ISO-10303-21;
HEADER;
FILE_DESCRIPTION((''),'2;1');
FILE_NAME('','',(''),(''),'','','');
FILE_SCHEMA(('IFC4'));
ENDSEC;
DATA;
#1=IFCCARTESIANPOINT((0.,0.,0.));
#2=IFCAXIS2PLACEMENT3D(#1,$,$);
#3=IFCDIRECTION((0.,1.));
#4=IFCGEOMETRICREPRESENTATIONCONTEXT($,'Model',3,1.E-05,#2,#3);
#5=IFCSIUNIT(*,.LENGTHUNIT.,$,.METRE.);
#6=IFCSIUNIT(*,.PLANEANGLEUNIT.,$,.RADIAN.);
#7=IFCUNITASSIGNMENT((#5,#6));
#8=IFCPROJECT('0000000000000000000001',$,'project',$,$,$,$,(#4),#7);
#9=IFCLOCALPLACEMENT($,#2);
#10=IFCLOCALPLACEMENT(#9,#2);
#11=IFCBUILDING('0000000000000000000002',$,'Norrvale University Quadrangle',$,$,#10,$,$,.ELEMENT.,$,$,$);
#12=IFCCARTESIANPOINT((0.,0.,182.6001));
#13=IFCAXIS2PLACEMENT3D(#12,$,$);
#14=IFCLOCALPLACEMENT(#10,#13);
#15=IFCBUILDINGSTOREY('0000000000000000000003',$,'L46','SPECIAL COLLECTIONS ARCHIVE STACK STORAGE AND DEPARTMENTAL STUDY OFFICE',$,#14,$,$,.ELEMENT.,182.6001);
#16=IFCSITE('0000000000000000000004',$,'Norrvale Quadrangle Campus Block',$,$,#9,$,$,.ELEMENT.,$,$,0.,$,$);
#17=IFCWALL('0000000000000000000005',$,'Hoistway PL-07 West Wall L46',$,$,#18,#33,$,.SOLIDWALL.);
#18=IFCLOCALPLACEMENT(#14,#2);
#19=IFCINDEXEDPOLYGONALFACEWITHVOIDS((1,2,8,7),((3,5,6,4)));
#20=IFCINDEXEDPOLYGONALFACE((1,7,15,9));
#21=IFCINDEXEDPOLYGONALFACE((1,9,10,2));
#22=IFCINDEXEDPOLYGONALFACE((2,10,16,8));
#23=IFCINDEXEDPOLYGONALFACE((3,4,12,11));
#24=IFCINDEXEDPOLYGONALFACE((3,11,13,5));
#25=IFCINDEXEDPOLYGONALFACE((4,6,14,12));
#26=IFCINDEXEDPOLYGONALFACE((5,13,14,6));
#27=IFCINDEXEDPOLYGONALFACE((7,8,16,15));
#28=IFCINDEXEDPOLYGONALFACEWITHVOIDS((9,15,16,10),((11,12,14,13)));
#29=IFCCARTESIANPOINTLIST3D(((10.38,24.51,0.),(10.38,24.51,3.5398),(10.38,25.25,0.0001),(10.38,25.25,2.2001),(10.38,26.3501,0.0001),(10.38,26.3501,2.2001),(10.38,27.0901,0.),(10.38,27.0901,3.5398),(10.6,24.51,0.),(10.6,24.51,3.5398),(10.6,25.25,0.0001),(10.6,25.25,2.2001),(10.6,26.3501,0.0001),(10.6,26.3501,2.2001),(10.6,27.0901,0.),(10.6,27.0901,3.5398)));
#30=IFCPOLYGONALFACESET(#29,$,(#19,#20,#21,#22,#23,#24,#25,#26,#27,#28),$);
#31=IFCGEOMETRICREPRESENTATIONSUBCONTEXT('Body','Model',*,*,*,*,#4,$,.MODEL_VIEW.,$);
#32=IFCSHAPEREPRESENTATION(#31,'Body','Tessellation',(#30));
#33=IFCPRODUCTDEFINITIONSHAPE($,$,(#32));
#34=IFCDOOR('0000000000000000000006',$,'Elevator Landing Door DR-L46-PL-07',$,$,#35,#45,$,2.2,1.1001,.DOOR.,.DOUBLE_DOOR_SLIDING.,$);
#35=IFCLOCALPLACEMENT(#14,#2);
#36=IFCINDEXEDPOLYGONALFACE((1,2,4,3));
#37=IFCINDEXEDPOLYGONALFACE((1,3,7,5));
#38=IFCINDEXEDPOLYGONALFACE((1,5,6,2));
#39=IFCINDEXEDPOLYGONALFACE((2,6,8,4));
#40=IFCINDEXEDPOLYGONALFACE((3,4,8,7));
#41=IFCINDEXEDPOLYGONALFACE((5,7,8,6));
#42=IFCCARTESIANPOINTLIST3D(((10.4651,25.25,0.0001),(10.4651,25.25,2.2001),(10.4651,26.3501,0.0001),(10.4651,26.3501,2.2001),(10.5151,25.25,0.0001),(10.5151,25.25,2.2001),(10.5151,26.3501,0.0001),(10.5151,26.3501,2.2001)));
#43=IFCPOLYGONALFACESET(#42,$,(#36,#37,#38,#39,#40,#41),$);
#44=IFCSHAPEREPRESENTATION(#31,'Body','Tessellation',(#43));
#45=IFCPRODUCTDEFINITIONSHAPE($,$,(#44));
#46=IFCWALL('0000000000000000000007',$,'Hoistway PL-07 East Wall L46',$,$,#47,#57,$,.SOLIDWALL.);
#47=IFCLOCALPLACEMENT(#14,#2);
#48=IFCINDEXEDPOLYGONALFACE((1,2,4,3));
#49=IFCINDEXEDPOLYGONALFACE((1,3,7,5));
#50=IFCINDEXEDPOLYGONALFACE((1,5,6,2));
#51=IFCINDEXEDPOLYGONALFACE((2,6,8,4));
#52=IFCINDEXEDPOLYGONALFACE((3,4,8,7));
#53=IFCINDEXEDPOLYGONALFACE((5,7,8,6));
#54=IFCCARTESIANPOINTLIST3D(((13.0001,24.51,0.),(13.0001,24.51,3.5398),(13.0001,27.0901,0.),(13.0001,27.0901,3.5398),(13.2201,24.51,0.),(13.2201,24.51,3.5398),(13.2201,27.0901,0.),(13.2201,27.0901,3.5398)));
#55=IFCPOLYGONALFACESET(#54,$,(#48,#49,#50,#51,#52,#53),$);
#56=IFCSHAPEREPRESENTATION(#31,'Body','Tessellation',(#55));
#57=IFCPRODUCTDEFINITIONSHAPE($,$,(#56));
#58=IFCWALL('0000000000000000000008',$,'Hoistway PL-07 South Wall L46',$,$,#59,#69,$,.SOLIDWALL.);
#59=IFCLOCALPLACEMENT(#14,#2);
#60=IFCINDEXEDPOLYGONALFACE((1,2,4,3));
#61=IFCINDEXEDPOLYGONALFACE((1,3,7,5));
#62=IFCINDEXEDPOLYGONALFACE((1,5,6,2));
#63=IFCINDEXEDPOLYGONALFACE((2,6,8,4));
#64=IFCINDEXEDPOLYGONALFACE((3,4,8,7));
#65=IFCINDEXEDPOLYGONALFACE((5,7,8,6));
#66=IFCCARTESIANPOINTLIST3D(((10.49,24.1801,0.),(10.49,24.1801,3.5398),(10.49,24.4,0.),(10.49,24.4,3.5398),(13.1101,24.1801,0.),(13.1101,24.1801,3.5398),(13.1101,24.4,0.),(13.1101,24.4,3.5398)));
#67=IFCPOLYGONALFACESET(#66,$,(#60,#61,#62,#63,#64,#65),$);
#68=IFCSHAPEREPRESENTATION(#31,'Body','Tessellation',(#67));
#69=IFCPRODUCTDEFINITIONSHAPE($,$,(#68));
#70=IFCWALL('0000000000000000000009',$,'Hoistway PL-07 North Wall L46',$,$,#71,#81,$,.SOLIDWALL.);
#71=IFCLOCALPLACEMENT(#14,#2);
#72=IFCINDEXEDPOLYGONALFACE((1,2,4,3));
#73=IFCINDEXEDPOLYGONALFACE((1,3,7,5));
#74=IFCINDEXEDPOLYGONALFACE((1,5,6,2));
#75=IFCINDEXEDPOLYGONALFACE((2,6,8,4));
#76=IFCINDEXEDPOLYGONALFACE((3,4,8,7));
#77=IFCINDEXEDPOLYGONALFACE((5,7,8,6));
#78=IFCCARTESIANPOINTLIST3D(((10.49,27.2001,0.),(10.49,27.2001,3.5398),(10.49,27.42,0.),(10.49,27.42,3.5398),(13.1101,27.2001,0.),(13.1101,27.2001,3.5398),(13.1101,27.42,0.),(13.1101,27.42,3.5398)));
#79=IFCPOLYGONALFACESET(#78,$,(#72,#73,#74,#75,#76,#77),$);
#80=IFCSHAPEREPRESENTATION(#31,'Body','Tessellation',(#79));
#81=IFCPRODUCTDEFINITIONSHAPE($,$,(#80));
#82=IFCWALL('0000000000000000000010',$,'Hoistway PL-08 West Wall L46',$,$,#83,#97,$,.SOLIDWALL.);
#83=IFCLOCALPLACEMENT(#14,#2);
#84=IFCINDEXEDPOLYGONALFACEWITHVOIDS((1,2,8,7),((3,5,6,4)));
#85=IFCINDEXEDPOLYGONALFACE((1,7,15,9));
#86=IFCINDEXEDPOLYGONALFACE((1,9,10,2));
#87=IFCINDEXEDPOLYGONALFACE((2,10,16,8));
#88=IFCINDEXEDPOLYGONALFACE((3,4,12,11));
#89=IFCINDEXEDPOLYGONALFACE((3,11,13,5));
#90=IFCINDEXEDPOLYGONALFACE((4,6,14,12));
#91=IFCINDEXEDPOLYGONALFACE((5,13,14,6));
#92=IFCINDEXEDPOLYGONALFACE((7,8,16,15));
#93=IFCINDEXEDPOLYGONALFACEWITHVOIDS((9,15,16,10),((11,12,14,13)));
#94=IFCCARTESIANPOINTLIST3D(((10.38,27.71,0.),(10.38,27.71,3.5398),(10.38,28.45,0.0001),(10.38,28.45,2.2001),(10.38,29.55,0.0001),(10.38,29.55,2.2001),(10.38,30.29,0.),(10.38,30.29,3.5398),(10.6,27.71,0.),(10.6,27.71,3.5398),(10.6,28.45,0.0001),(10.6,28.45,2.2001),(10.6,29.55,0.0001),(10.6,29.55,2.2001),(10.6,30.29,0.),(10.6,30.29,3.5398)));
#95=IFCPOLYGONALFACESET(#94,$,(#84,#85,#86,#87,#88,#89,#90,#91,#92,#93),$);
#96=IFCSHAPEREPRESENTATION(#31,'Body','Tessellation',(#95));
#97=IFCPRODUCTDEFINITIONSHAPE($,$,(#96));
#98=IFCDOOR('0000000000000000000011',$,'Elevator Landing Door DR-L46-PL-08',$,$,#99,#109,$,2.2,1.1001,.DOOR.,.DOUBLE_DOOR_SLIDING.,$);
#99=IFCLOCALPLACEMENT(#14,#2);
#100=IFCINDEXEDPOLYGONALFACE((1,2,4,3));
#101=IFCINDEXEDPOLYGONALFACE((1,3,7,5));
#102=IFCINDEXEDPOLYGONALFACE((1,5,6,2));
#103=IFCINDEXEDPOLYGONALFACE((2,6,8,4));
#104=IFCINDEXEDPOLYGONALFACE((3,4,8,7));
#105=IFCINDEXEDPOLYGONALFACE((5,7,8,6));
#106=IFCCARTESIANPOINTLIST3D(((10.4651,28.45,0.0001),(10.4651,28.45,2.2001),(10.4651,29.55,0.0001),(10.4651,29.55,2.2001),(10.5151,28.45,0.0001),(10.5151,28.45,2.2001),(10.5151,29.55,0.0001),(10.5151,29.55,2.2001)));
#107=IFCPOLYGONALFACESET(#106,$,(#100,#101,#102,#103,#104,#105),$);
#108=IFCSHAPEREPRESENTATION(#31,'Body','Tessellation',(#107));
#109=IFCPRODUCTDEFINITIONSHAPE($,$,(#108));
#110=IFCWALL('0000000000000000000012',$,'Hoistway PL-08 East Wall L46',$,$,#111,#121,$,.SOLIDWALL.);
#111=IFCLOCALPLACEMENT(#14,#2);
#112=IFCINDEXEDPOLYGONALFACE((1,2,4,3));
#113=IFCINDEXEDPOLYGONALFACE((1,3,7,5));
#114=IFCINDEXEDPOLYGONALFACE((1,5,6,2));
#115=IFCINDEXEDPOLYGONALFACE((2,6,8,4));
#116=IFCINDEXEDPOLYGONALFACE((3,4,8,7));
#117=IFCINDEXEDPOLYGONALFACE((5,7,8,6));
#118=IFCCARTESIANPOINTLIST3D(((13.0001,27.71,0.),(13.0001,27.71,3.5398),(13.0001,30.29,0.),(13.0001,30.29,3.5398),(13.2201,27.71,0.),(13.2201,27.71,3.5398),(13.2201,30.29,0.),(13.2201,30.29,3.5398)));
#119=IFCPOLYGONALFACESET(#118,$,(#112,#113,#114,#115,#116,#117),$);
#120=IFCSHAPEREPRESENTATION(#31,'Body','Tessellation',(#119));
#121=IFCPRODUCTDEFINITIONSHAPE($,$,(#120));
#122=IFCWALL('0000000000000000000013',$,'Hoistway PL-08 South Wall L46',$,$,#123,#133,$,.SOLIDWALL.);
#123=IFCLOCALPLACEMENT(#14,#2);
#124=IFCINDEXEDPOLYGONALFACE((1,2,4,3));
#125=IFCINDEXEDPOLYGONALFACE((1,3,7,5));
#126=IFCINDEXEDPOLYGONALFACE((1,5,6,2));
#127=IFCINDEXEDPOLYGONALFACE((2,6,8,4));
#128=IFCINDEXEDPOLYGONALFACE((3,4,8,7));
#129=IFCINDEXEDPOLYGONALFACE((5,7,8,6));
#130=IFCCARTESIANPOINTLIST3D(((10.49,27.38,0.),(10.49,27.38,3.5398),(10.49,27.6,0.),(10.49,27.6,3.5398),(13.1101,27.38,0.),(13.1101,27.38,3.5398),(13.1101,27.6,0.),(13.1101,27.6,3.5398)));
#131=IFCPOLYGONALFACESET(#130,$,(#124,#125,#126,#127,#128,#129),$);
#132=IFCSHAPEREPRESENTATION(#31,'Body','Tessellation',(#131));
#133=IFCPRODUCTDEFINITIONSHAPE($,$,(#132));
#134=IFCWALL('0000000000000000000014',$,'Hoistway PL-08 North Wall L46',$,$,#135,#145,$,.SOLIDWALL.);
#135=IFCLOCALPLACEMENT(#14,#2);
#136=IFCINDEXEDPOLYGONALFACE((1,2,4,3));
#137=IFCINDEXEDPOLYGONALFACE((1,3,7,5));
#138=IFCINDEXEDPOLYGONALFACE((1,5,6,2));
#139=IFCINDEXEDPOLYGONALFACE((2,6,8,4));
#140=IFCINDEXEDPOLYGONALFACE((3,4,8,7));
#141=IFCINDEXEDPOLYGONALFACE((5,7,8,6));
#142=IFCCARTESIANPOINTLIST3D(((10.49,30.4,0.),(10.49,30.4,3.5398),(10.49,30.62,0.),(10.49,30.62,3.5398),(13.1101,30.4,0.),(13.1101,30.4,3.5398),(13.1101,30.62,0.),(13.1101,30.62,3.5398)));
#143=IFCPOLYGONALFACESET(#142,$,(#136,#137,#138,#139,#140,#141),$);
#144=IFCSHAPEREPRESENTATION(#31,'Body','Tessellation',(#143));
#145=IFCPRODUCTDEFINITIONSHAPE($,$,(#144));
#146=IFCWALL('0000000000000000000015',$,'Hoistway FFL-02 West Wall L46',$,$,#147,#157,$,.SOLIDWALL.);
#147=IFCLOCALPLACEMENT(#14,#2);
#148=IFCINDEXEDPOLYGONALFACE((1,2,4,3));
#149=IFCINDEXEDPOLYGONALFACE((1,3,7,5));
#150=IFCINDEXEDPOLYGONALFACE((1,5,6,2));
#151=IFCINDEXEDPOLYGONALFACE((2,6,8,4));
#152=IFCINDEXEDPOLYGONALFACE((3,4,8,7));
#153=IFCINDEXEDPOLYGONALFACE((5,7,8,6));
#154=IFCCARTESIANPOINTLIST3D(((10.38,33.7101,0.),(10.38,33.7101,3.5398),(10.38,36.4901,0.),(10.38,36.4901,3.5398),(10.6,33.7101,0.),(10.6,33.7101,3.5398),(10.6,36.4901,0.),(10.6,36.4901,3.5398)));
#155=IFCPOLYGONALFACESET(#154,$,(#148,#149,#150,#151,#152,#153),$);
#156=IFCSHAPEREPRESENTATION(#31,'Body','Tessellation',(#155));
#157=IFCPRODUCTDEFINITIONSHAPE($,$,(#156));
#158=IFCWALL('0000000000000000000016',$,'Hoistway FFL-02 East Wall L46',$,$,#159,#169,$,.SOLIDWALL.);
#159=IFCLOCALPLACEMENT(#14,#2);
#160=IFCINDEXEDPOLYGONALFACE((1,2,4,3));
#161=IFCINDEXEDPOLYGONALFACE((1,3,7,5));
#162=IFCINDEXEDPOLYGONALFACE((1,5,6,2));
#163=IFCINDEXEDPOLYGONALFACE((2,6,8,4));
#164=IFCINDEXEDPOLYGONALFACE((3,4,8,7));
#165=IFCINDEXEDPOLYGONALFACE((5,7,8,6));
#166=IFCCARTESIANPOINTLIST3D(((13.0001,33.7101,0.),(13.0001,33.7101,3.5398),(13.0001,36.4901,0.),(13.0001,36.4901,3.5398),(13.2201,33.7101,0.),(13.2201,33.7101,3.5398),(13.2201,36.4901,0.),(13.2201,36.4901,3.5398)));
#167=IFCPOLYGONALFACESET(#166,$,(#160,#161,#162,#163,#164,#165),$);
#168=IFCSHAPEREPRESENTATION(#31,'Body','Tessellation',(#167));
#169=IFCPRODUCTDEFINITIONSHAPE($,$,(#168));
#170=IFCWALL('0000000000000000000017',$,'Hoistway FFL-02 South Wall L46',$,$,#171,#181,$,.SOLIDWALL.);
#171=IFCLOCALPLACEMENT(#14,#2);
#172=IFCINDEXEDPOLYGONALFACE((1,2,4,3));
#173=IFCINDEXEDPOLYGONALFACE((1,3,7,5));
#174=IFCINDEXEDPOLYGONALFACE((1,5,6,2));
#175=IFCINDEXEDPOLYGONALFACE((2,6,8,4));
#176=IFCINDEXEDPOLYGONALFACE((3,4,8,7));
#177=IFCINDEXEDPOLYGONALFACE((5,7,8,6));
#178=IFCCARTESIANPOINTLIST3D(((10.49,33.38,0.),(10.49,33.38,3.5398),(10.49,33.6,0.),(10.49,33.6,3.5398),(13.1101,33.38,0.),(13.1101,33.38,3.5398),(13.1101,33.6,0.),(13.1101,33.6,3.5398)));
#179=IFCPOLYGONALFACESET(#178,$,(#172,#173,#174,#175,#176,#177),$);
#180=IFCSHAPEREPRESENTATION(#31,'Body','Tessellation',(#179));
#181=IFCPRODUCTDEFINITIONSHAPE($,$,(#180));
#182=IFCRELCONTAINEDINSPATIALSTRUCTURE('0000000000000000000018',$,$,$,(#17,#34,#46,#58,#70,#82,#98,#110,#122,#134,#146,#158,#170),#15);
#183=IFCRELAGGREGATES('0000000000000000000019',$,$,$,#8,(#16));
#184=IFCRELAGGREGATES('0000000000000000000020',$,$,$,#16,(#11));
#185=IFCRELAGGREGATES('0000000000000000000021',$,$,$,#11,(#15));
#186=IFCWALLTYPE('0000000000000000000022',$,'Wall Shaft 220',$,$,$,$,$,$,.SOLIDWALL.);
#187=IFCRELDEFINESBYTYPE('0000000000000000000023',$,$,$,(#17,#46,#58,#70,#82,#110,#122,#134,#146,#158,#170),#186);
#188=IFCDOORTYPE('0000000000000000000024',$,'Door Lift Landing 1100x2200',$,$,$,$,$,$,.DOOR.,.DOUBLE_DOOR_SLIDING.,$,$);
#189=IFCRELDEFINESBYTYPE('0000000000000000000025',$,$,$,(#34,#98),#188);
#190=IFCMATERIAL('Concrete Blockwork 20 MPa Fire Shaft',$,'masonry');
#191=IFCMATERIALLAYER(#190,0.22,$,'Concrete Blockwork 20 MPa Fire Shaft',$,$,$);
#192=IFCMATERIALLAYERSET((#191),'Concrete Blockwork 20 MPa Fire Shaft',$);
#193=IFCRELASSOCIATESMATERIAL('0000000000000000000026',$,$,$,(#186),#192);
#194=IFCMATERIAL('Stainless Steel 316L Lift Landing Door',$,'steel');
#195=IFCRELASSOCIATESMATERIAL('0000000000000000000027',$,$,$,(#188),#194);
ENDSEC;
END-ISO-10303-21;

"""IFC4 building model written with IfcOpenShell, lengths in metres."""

from ifc_helpers import new_model, si_unit, direction, frame, frame_2d, origin, place, context, subcontext, project, spatial, rectangle, extrude, material, layer, layer_set, type_object, element, fill, save


model = new_model("IFC4")

# Units and contexts
model_context = context("Model", 3, precision=1e-05, world=origin(), true_north=direction((0.0, 1.0)))
body_context = subcontext(model_context, "Body", "Model", "MODEL_VIEW")
ifc_project = project(units=[si_unit("LENGTHUNIT", "METRE"), si_unit("PLANEANGLEUNIT", "RADIAN")], contexts=[model_context])

# Site, building, storey
site_placement = place(None, origin())
site = spatial("IfcSite", under=ifc_project, at=site_placement, Name="Norrvale Quadrangle Campus Block", CompositionType="ELEMENT", RefElevation=0.0)
building_placement = place(site_placement, origin())
building = spatial("IfcBuilding", under=site, at=building_placement, Name="Norrvale University Quadrangle", CompositionType="ELEMENT")
storey_placement = place(building_placement, frame((0.0, 0.0, 182.6001)))
storey = spatial("IfcBuildingStorey", under=building, at=storey_placement, Name="L46", Description="SPECIAL COLLECTIONS ARCHIVE STACK STORAGE AND DEPARTMENTAL STUDY OFFICE", CompositionType="ELEMENT", Elevation=182.6001)

# Shared definitions
ifc_material_1 = material(Name="Concrete Blockwork 20 MPa Fire Shaft", Category="masonry")
ifc_layer_1 = layer(ifc_material_1, 0.22, Name="Concrete Blockwork 20 MPa Fire Shaft")
ifc_layer_set_1 = layer_set([ifc_layer_1], Name="Concrete Blockwork 20 MPa Fire Shaft")
wall_type_1 = type_object("IfcWallType", Name="Wall Shaft 220", PredefinedType="SOLIDWALL", material=ifc_layer_set_1)

# Wall, opening, door
wall_1_placement = place(storey_placement, frame((10.49, 24.51, 0.0), z_axis=(0.0, 0.0, 1.0), x_axis=(0.0, 1.0, 0.0)))
wall_1 = element("IfcWall", 1, at=wall_1_placement, inside=storey, type_object=wall_type_1, Name="Hoistway PL-07 West Wall L46", PredefinedType="SOLIDWALL", context=body_context, shape_type="SweptSolid", body=[
    extrude(rectangle(XDim=2.5801, YDim=0.22, at=frame_2d((1.29, 0.0))), origin(), (0.0, 0.0, 1.0), 3.5398),
])
opening_1_placement = place(wall_1_placement, frame((0.74, 0.0, 0.0)))
opening_1 = element("IfcOpeningElement", 2, at=opening_1_placement, cuts=wall_1, PredefinedType="OPENING", context=body_context, shape_type="SweptSolid", body=[
    extrude(rectangle(XDim=1.1001, YDim=2.2, at=frame_2d((0.55, 1.1001))), frame((0.0, 0.1221, 0.0), z_axis=(0.0, -1.0, 0.0), x_axis=(1.0, 0.0, 0.0)), (0.0, 0.0, 1.0), 0.2439),
])
ifc_material_2 = material(Name="Stainless Steel 316L Lift Landing Door", Category="steel")
door_type_1 = type_object("IfcDoorType", Name="Door Lift Landing 1100x2200", OperationType="DOUBLE_DOOR_SLIDING", PredefinedType="DOOR", material=ifc_material_2)
door_1_placement = place(opening_1_placement, origin())
door_1 = element("IfcDoor", 3, at=door_1_placement, inside=storey, type_object=door_type_1, Name="Elevator Landing Door DR-L46-PL-07", OperationType="DOUBLE_DOOR_SLIDING", OverallHeight=2.2, OverallWidth=1.1001, PredefinedType="DOOR", context=body_context, shape_type="SweptSolid", body=[
    extrude(rectangle(XDim=1.1001, YDim=2.2, at=frame_2d((0.55, 1.1001))), frame((0.0, 0.0249, 0.0), z_axis=(0.0, -1.0, 0.0), x_axis=(1.0, 0.0, 0.0)), (0.0, 0.0, 1.0), 0.05),
])
fill(opening_1, door_1)

# Walls
wall_2_placement = place(storey_placement, frame((13.1101, 24.51, 0.0), z_axis=(0.0, 0.0, 1.0), x_axis=(0.0, 1.0, 0.0)))
element("IfcWall", 4, at=wall_2_placement, inside=storey, type_object=wall_type_1, Name="Hoistway PL-07 East Wall L46", PredefinedType="SOLIDWALL", context=body_context, shape_type="SweptSolid", body=[
    extrude(rectangle(XDim=2.5801, YDim=0.22, at=frame_2d((1.29, 0.0))), origin(), (0.0, 0.0, 1.0), 3.5398),
])
for number, where, z_axis, x_axis, name in (
    (5, (10.49, 24.29, 0.0), (0.0, 0.0, 1.0), (1.0, 0.0, 0.0), "Hoistway PL-07 South Wall L46"),
    (6, (10.49, 27.3101, 0.0), (0.0, 0.0, 1.0), (1.0, 0.0, 0.0), "Hoistway PL-07 North Wall L46"),
):
    element("IfcWall", number, at=place(storey_placement, frame(where, z_axis=z_axis, x_axis=x_axis)), inside=storey, type_object=wall_type_1, Name=name, PredefinedType="SOLIDWALL", context=body_context, shape_type="SweptSolid", body=[
        extrude(rectangle(XDim=2.6201, YDim=0.22, at=frame_2d((1.3101, 0.0))), origin(), (0.0, 0.0, 1.0), 3.5398),
    ])

# Wall, opening, door
wall_3_placement = place(storey_placement, frame((10.49, 27.71, 0.0), z_axis=(0.0, 0.0, 1.0), x_axis=(0.0, 1.0, 0.0)))
wall_3 = element("IfcWall", 7, at=wall_3_placement, inside=storey, type_object=wall_type_1, Name="Hoistway PL-08 West Wall L46", PredefinedType="SOLIDWALL", context=body_context, shape_type="SweptSolid", body=[
    extrude(rectangle(XDim=2.5801, YDim=0.22, at=frame_2d((1.29, 0.0))), origin(), (0.0, 0.0, 1.0), 3.5398),
])
opening_2_placement = place(wall_3_placement, frame((0.74, 0.0, 0.0)))
opening_2 = element("IfcOpeningElement", 8, at=opening_2_placement, cuts=wall_3, PredefinedType="OPENING", context=body_context, shape_type="SweptSolid", body=[
    extrude(rectangle(XDim=1.1001, YDim=2.2, at=frame_2d((0.55, 1.1001))), frame((0.0, 0.1221, 0.0), z_axis=(0.0, -1.0, 0.0), x_axis=(1.0, 0.0, 0.0)), (0.0, 0.0, 1.0), 0.2439),
])
door_2_placement = place(opening_2_placement, origin())
door_2 = element("IfcDoor", 9, at=door_2_placement, inside=storey, type_object=door_type_1, Name="Elevator Landing Door DR-L46-PL-08", OperationType="DOUBLE_DOOR_SLIDING", OverallHeight=2.2, OverallWidth=1.1001, PredefinedType="DOOR", context=body_context, shape_type="SweptSolid", body=[
    extrude(rectangle(XDim=1.1001, YDim=2.2, at=frame_2d((0.55, 1.1001))), frame((0.0, 0.0249, 0.0), z_axis=(0.0, -1.0, 0.0), x_axis=(1.0, 0.0, 0.0)), (0.0, 0.0, 1.0), 0.05),
])
fill(opening_2, door_2)

# Walls
wall_4_placement = place(storey_placement, frame((13.1101, 27.71, 0.0), z_axis=(0.0, 0.0, 1.0), x_axis=(0.0, 1.0, 0.0)))
element("IfcWall", 10, at=wall_4_placement, inside=storey, type_object=wall_type_1, Name="Hoistway PL-08 East Wall L46", PredefinedType="SOLIDWALL", context=body_context, shape_type="SweptSolid", body=[
    extrude(rectangle(XDim=2.5801, YDim=0.22, at=frame_2d((1.29, 0.0))), origin(), (0.0, 0.0, 1.0), 3.5398),
])
for number, where, z_axis, x_axis, name in (
    (11, (10.49, 27.49, 0.0), (0.0, 0.0, 1.0), (1.0, 0.0, 0.0), "Hoistway PL-08 South Wall L46"),
    (12, (10.49, 30.51, 0.0), (0.0, 0.0, 1.0), (1.0, 0.0, 0.0), "Hoistway PL-08 North Wall L46"),
):
    element("IfcWall", number, at=place(storey_placement, frame(where, z_axis=z_axis, x_axis=x_axis)), inside=storey, type_object=wall_type_1, Name=name, PredefinedType="SOLIDWALL", context=body_context, shape_type="SweptSolid", body=[
        extrude(rectangle(XDim=2.6201, YDim=0.22, at=frame_2d((1.3101, 0.0))), origin(), (0.0, 0.0, 1.0), 3.5398),
    ])
for number, where, z_axis, x_axis, name in (
    (13, (10.49, 33.71, 0.0), (0.0, 0.0, 1.0), (0.0, 1.0, 0.0), "Hoistway FFL-02 West Wall L46"),
    (14, (13.1101, 33.71, 0.0), (0.0, 0.0, 1.0), (0.0, 1.0, 0.0), "Hoistway FFL-02 East Wall L46"),
):
    element("IfcWall", number, at=place(storey_placement, frame(where, z_axis=z_axis, x_axis=x_axis)), inside=storey, type_object=wall_type_1, Name=name, PredefinedType="SOLIDWALL", context=body_context, shape_type="SweptSolid", body=[
        extrude(rectangle(XDim=2.78, YDim=0.22, at=frame_2d((1.3901, 0.0))), origin(), (0.0, 0.0, 1.0), 3.5398),
    ])
wall_5_placement = place(storey_placement, frame((10.49, 33.49, 0.0), z_axis=(0.0, 0.0, 1.0), x_axis=(1.0, 0.0, 0.0)))
element("IfcWall", 15, at=wall_5_placement, inside=storey, type_object=wall_type_1, Name="Hoistway FFL-02 South Wall L46", PredefinedType="SOLIDWALL", context=body_context, shape_type="SweptSolid", body=[
    extrude(rectangle(XDim=2.6201, YDim=0.22, at=frame_2d((1.3101, 0.0))), origin(), (0.0, 0.0, 1.0), 3.5398),
])

save(model, "model.ifc")
